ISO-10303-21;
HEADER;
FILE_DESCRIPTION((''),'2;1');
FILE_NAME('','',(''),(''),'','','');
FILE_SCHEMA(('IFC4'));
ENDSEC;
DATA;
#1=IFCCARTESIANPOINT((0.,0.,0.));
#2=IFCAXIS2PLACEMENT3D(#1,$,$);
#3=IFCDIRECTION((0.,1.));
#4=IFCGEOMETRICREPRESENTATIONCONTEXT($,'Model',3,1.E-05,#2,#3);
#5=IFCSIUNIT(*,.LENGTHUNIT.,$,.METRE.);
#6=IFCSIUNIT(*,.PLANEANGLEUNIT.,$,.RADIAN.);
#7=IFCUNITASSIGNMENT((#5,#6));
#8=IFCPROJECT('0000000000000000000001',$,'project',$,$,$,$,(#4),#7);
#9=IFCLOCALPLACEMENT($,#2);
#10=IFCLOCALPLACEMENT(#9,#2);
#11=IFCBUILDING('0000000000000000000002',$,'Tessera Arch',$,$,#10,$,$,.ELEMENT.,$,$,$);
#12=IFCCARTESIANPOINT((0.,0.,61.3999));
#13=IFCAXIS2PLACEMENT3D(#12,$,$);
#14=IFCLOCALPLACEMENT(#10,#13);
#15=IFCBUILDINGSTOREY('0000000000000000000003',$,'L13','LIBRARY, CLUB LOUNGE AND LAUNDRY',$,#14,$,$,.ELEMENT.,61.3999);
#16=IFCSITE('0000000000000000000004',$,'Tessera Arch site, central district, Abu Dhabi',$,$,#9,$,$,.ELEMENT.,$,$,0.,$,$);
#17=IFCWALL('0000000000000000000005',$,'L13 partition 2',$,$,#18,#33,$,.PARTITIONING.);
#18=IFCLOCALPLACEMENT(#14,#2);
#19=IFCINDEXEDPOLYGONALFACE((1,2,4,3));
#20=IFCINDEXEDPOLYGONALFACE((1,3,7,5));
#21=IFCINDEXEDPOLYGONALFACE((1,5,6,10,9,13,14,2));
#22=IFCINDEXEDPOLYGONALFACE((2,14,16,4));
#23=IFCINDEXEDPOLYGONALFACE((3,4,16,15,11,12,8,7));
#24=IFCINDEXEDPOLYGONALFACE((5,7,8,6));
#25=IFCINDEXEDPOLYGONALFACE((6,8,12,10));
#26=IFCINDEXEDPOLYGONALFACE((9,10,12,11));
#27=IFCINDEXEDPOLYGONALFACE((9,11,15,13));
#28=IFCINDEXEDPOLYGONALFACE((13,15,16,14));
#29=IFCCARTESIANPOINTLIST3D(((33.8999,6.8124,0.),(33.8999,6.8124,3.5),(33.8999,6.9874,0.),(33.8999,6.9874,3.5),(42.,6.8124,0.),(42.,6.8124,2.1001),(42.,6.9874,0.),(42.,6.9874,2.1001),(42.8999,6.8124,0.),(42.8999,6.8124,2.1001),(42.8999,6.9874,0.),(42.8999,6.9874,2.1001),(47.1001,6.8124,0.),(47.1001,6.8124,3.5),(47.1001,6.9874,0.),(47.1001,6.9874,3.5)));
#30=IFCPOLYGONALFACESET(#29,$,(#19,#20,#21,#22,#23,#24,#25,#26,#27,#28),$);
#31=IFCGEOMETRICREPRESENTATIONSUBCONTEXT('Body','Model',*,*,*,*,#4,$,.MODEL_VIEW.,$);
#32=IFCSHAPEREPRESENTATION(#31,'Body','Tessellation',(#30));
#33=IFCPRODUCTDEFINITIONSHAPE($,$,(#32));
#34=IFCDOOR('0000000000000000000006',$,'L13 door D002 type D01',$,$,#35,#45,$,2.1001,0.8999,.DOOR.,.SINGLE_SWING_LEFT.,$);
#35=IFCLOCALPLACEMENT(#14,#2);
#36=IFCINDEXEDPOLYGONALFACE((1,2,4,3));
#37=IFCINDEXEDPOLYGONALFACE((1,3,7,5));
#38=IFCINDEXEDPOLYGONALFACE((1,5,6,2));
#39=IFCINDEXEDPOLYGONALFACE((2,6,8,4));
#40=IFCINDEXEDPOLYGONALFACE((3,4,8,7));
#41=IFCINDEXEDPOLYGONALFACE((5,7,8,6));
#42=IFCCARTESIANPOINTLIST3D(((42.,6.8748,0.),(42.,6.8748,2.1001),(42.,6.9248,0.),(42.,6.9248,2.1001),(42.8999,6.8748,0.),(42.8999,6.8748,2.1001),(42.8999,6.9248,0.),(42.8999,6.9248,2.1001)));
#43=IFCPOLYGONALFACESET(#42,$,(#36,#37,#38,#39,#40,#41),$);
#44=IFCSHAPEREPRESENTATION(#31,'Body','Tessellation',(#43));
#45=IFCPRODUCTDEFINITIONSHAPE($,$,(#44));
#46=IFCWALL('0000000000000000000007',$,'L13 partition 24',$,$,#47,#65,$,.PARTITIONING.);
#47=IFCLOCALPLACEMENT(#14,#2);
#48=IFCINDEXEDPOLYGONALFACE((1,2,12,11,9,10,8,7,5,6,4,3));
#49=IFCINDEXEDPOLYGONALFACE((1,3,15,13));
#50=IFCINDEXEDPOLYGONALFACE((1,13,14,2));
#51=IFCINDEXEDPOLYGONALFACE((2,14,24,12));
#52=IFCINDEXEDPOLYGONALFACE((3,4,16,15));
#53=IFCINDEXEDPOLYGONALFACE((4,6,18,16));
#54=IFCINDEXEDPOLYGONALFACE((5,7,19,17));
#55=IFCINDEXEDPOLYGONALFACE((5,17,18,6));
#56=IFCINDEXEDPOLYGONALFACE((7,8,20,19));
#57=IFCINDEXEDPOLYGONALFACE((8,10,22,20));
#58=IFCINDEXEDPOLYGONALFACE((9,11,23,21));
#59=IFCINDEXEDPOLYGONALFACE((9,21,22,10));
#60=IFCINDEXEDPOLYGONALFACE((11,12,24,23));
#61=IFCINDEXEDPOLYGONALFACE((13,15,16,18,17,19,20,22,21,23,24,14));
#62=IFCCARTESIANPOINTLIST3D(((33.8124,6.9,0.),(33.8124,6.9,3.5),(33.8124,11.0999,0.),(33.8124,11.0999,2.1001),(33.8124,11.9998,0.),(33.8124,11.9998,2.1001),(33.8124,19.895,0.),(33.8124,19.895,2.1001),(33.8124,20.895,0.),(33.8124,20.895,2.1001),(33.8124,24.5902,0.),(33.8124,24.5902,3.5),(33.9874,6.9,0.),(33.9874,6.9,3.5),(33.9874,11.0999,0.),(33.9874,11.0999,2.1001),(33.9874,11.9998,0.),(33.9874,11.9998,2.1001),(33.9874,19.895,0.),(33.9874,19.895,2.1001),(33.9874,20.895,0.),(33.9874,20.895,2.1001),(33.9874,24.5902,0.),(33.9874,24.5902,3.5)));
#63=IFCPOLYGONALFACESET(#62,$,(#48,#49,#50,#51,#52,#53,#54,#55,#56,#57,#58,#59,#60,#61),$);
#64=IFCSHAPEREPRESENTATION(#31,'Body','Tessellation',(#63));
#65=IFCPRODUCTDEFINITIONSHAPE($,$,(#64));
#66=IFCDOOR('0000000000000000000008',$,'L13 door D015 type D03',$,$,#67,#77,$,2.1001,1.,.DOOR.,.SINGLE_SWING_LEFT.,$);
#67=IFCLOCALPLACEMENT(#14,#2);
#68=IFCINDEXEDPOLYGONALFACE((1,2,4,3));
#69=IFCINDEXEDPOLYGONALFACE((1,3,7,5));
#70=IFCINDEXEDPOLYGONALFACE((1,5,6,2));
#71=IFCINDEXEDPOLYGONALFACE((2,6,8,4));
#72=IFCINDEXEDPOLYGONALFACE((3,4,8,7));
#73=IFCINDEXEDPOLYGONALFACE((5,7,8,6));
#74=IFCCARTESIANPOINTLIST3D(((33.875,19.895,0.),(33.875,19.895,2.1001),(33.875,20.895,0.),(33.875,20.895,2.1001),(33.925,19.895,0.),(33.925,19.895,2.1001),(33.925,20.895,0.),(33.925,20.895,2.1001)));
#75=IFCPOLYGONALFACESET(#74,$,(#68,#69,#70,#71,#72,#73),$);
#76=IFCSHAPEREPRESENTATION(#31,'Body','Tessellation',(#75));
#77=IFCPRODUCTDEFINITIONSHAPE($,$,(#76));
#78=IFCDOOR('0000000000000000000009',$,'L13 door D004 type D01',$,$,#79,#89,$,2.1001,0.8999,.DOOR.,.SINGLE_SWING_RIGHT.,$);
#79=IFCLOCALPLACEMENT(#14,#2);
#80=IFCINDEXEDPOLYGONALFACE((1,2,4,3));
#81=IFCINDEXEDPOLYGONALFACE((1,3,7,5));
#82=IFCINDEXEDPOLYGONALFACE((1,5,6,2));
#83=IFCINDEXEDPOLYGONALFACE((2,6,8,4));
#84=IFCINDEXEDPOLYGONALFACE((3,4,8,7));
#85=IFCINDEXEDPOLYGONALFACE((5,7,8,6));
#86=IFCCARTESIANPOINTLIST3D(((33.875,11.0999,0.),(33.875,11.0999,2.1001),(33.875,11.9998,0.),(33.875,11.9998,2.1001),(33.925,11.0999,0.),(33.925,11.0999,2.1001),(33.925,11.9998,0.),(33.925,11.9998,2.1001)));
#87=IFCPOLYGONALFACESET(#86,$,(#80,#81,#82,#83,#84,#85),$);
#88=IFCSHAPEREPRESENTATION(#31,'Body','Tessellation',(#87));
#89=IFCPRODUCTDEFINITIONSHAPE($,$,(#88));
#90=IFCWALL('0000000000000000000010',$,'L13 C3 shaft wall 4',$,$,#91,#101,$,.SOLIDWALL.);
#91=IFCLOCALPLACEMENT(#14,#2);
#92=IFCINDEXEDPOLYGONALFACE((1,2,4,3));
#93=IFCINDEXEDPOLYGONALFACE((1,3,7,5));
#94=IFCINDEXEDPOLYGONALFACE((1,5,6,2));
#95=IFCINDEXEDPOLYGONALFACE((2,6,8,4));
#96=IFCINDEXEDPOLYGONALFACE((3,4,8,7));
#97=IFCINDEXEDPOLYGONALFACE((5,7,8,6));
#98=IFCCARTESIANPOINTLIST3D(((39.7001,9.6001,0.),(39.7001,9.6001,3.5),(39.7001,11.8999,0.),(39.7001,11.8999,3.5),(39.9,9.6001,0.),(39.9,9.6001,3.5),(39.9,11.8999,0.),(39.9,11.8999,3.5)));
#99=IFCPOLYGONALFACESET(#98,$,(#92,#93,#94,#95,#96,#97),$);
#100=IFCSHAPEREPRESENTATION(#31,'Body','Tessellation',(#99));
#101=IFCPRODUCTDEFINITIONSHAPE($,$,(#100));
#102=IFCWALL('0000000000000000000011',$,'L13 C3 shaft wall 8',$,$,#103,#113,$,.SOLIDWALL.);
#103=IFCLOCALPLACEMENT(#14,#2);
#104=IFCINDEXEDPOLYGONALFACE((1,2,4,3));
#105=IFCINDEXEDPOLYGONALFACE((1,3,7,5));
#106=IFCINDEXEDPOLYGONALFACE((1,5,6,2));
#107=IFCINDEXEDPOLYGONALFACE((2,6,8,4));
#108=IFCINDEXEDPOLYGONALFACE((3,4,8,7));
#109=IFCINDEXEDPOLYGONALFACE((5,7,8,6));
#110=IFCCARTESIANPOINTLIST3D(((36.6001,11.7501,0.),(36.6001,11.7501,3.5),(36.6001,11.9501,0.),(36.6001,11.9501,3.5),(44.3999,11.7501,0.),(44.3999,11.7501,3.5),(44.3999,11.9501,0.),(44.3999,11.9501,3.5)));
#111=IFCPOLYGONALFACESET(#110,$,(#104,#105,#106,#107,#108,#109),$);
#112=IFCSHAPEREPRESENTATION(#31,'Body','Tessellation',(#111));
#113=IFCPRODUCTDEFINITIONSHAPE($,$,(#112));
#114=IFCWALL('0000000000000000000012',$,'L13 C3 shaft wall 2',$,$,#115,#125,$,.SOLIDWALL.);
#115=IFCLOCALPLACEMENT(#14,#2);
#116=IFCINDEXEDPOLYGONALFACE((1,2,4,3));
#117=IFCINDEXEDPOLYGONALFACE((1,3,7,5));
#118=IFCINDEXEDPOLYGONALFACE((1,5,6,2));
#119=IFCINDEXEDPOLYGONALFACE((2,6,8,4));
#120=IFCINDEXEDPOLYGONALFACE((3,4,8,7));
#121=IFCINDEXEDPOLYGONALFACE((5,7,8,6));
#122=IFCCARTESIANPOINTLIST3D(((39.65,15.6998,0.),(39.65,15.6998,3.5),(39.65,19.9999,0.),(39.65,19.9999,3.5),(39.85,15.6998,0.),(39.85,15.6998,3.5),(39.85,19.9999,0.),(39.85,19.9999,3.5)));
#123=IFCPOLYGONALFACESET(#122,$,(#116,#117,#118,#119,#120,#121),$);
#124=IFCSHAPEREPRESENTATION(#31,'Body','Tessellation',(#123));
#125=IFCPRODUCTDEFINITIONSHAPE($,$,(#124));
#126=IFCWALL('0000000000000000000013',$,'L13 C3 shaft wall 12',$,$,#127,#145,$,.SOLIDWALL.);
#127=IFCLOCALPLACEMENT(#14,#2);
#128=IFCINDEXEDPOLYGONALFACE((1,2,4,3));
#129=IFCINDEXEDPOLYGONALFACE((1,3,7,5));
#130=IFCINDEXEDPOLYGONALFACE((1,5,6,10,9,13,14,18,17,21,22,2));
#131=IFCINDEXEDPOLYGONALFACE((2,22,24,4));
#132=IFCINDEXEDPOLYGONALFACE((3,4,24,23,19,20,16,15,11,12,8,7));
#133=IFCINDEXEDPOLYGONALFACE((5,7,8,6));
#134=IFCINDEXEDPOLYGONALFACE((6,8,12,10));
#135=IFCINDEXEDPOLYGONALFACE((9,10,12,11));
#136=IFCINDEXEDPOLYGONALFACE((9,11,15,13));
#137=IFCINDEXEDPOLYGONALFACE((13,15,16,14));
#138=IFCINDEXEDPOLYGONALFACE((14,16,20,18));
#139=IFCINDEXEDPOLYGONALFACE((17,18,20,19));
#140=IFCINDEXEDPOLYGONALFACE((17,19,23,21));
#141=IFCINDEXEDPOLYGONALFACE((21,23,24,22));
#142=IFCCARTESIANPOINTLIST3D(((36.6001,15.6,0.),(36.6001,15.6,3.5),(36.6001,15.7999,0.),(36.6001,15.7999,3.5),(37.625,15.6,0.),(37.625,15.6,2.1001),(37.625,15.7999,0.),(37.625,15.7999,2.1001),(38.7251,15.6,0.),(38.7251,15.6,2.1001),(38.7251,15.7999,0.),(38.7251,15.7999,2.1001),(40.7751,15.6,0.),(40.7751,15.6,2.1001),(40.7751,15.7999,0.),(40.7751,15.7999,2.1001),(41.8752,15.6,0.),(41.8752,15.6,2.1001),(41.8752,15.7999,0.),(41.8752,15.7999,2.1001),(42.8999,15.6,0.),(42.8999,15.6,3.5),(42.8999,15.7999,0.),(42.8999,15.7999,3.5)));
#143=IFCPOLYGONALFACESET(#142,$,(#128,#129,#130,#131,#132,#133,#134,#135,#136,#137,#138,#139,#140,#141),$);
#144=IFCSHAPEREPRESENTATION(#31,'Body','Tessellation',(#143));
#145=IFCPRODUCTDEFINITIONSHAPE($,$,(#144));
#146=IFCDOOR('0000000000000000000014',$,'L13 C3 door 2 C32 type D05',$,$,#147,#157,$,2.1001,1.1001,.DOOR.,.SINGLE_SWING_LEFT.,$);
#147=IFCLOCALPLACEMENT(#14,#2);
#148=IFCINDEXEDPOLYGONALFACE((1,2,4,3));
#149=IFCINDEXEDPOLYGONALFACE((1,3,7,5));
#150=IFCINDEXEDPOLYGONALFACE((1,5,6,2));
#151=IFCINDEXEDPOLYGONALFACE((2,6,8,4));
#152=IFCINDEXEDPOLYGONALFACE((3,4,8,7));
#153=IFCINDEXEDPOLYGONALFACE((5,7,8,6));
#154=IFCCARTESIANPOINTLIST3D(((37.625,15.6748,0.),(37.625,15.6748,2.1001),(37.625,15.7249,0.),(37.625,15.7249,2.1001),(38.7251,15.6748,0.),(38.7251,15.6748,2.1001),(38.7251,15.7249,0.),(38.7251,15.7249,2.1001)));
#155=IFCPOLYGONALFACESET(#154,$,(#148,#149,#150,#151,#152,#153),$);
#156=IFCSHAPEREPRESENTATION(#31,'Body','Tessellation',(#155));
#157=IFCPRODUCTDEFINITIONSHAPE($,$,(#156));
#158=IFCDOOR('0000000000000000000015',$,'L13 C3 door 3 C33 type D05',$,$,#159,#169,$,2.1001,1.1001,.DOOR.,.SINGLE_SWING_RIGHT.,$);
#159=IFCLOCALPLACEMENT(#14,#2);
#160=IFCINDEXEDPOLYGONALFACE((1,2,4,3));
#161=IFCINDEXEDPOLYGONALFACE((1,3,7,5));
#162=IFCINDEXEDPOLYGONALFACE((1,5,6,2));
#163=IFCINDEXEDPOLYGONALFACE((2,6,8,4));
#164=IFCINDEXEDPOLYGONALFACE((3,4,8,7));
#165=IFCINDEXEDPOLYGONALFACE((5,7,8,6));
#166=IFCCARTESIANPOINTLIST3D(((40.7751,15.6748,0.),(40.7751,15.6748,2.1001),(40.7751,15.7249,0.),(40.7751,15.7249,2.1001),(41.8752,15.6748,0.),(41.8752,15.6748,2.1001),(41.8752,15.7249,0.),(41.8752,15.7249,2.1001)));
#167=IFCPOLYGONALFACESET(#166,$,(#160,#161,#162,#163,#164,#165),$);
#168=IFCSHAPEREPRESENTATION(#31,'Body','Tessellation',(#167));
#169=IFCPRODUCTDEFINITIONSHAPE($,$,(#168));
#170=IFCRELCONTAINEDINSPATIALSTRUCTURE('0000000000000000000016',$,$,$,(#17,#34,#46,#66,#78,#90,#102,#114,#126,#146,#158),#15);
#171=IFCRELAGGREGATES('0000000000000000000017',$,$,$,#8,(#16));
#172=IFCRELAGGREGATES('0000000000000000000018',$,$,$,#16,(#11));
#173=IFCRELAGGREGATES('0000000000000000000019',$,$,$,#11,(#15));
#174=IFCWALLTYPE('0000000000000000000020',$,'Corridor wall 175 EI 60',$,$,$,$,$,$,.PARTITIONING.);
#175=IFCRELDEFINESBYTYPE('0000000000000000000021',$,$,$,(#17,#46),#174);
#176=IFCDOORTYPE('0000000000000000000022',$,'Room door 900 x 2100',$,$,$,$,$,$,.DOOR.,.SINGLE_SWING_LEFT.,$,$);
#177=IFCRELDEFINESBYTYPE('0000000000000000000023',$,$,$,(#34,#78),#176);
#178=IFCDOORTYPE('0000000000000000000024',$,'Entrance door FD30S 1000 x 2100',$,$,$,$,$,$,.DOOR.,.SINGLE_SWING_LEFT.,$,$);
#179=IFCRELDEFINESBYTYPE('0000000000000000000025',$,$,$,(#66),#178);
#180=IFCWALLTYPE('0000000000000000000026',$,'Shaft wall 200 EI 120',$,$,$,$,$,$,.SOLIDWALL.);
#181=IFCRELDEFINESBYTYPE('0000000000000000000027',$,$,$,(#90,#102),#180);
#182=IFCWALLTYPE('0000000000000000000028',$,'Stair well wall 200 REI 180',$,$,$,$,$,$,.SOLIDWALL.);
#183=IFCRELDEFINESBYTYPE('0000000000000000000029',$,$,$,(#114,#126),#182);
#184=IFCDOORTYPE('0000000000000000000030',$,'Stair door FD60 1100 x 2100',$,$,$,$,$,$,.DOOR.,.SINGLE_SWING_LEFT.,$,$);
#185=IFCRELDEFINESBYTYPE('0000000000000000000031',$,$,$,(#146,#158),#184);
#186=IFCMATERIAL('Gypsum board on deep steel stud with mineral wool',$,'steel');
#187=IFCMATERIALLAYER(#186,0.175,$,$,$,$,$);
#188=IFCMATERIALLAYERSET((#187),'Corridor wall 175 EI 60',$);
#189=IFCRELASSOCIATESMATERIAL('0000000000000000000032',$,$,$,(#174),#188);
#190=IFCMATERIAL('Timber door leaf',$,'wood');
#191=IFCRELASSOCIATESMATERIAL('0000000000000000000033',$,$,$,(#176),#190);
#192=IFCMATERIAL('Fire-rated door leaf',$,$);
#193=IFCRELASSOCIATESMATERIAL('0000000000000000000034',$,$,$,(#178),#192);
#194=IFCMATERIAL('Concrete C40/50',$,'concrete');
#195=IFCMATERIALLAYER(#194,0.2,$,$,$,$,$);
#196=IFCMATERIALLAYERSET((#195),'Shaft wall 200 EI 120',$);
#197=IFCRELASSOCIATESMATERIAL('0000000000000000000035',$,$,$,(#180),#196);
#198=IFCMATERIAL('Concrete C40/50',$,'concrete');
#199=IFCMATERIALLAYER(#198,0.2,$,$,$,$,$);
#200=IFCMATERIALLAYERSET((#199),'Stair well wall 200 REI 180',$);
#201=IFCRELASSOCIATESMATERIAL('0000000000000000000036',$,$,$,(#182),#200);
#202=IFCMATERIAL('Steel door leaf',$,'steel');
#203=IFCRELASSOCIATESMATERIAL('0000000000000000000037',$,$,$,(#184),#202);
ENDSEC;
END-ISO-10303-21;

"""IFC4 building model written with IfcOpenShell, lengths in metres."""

from ifc_helpers import new_model, si_unit, direction, frame, frame_2d, origin, place, context, subcontext, project, spatial, rectangle, extrude, material, layer, layer_set, type_object, element, fill, save


model = new_model("IFC4")

# Units and contexts
model_context = context("Model", 3, precision=1e-05, world=origin(), true_north=direction((0.0, 1.0)))
body_context = subcontext(model_context, "Body", "Model", "MODEL_VIEW")
ifc_project = project(units=[si_unit("LENGTHUNIT", "METRE"), si_unit("PLANEANGLEUNIT", "RADIAN")], contexts=[model_context])

# Site, building, storey
site_placement = place(None, origin())
site = spatial("IfcSite", under=ifc_project, at=site_placement, Name="Tessera Arch site, central district, Abu Dhabi", CompositionType="ELEMENT", RefElevation=0.0)
building_placement = place(site_placement, origin())
building = spatial("IfcBuilding", under=site, at=building_placement, Name="Tessera Arch", CompositionType="ELEMENT")
storey_placement = place(building_placement, frame((0.0, 0.0, 61.3999)))
storey = spatial("IfcBuildingStorey", under=building, at=storey_placement, Name="L13", Description="LIBRARY, CLUB LOUNGE AND LAUNDRY", CompositionType="ELEMENT", Elevation=61.3999)

# Wall, opening, door
ifc_material_1 = material(Name="Gypsum board on deep steel stud with mineral wool", Category="steel")
ifc_layer_1 = layer(ifc_material_1, 0.175)
ifc_layer_set_1 = layer_set([ifc_layer_1], Name="Corridor wall 175 EI 60")
wall_type_1 = type_object("IfcWallType", Name="Corridor wall 175 EI 60", PredefinedType="PARTITIONING", material=ifc_layer_set_1)
wall_1_placement = place(storey_placement, frame((33.8999, 6.8999, 0.0), z_axis=(0.0, 0.0, 1.0), x_axis=(1.0, 0.0, 0.0)))
wall_1 = element("IfcWall", 1, at=wall_1_placement, inside=storey, type_object=wall_type_1, Name="L13 partition 2", PredefinedType="PARTITIONING", context=body_context, shape_type="SweptSolid", body=[
    extrude(rectangle(XDim=13.2002, YDim=0.175, at=frame_2d((6.6001, 0.0))), origin(), (0.0, 0.0, 1.0), 3.5),
])
opening_1_placement = place(wall_1_placement, frame((8.1001, 0.0, 0.0)))
opening_1 = element("IfcOpeningElement", 2, at=opening_1_placement, cuts=wall_1, PredefinedType="OPENING", context=body_context, shape_type="SweptSolid", body=[
    extrude(rectangle(XDim=0.8999, YDim=2.1001, at=frame_2d((0.45, 1.05))), frame((0.0, 0.0974, 0.0), z_axis=(0.0, -1.0, 0.0), x_axis=(1.0, 0.0, 0.0)), (0.0, 0.0, 1.0), 0.1951),
])
ifc_material_2 = material(Name="Timber door leaf", Category="wood")
door_type_1 = type_object("IfcDoorType", Name="Room door 900 x 2100", OperationType="SINGLE_SWING_LEFT", PredefinedType="DOOR", material=ifc_material_2)
door_1_placement = place(opening_1_placement, origin())
door_1 = element("IfcDoor", 3, at=door_1_placement, inside=storey, type_object=door_type_1, Name="L13 door D002 type D01", OperationType="SINGLE_SWING_LEFT", OverallHeight=2.1001, OverallWidth=0.8999, PredefinedType="DOOR", context=body_context, shape_type="SweptSolid", body=[
    extrude(rectangle(XDim=0.8999, YDim=2.1001, at=frame_2d((0.45, 1.05))), frame((0.0, 0.0249, 0.0), z_axis=(0.0, -1.0, 0.0), x_axis=(1.0, 0.0, 0.0)), (0.0, 0.0, 1.0), 0.05),
])
fill(opening_1, door_1)

# Wall, openings, doors
wall_2_placement = place(storey_placement, frame((33.8999, 6.8999, 0.0), z_axis=(0.0, 0.0, 1.0), x_axis=(0.0, 1.0, 0.0)))
wall_2 = element("IfcWall", 4, at=wall_2_placement, inside=storey, type_object=wall_type_1, Name="L13 partition 24", PredefinedType="PARTITIONING", context=body_context, shape_type="SweptSolid", body=[
    extrude(rectangle(XDim=17.6902, YDim=0.175, at=frame_2d((8.8452, 0.0))), origin(), (0.0, 0.0, 1.0), 3.5),
])
opening_2_placement = place(wall_2_placement, frame((4.2, 0.0, 0.0)))
opening_2 = element("IfcOpeningElement", 5, at=opening_2_placement, cuts=wall_2, PredefinedType="OPENING", context=body_context, shape_type="SweptSolid", body=[
    extrude(rectangle(XDim=0.8999, YDim=2.1001, at=frame_2d((0.45, 1.05))), frame((0.0, 0.0974, 0.0), z_axis=(0.0, -1.0, 0.0), x_axis=(1.0, 0.0, 0.0)), (0.0, 0.0, 1.0), 0.1951),
])
opening_3_placement = place(wall_2_placement, frame((12.9951, 0.0, 0.0)))
opening_3 = element("IfcOpeningElement", 6, at=opening_3_placement, cuts=wall_2, PredefinedType="OPENING", context=body_context, shape_type="SweptSolid", body=[
    extrude(rectangle(XDim=1.0, YDim=2.1001, at=frame_2d((0.5, 1.05))), frame((0.0, 0.0974, 0.0), z_axis=(0.0, -1.0, 0.0), x_axis=(1.0, 0.0, 0.0)), (0.0, 0.0, 1.0), 0.1951),
])
ifc_material_3 = material(Name="Fire-rated door leaf")
door_type_2 = type_object("IfcDoorType", Name="Entrance door FD30S 1000 x 2100", OperationType="SINGLE_SWING_LEFT", PredefinedType="DOOR", material=ifc_material_3)
door_2_placement = place(opening_3_placement, origin())
door_2 = element("IfcDoor", 7, at=door_2_placement, inside=storey, type_object=door_type_2, Name="L13 door D015 type D03", OperationType="SINGLE_SWING_LEFT", OverallHeight=2.1001, OverallWidth=1.0, PredefinedType="DOOR", context=body_context, shape_type="SweptSolid", body=[
    extrude(rectangle(XDim=1.0, YDim=2.1001, at=frame_2d((0.5, 1.05))), frame((0.0, 0.0249, 0.0), z_axis=(0.0, -1.0, 0.0), x_axis=(1.0, 0.0, 0.0)), (0.0, 0.0, 1.0), 0.05),
])
fill(opening_3, door_2)
door_3_placement = place(opening_2_placement, origin())
door_3 = element("IfcDoor", 8, at=door_3_placement, inside=storey, type_object=door_type_1, Name="L13 door D004 type D01", OperationType="SINGLE_SWING_RIGHT", OverallHeight=2.1001, OverallWidth=0.8999, PredefinedType="DOOR", context=body_context, shape_type="SweptSolid", body=[
    extrude(rectangle(XDim=0.8999, YDim=2.1001, at=frame_2d((0.45, 1.05))), frame((0.0, 0.0249, 0.0), z_axis=(0.0, -1.0, 0.0), x_axis=(1.0, 0.0, 0.0)), (0.0, 0.0, 1.0), 0.05),
])
fill(opening_2, door_3)

# Walls
ifc_material_4 = material(Name="Concrete C40/50", Category="concrete")
ifc_layer_2 = layer(ifc_material_4, 0.2)
ifc_layer_set_2 = layer_set([ifc_layer_2], Name="Shaft wall 200 EI 120")
wall_type_2 = type_object("IfcWallType", Name="Shaft wall 200 EI 120", PredefinedType="SOLIDWALL", material=ifc_layer_set_2)
wall_3_placement = place(storey_placement, frame((39.8, 9.6001, 0.0), z_axis=(0.0, 0.0, 1.0), x_axis=(0.0, 1.0, 0.0)))
element("IfcWall", 9, at=wall_3_placement, inside=storey, type_object=wall_type_2, Name="L13 C3 shaft wall 4", PredefinedType="SOLIDWALL", context=body_context, shape_type="SweptSolid", body=[
    extrude(rectangle(XDim=2.2998, YDim=0.2, at=frame_2d((1.1499, 0.0))), origin(), (0.0, 0.0, 1.0), 3.5),
])
wall_4_placement = place(storey_placement, frame((36.6001, 11.8501, 0.0), z_axis=(0.0, 0.0, 1.0), x_axis=(1.0, 0.0, 0.0)))
element("IfcWall", 10, at=wall_4_placement, inside=storey, type_object=wall_type_2, Name="L13 C3 shaft wall 8", PredefinedType="SOLIDWALL", context=body_context, shape_type="SweptSolid", body=[
    extrude(rectangle(XDim=7.7998, YDim=0.2, at=frame_2d((3.8999, 0.0))), origin(), (0.0, 0.0, 1.0), 3.5),
])
ifc_material_5 = material(Name="Concrete C40/50", Category="concrete")
ifc_layer_3 = layer(ifc_material_5, 0.2)
ifc_layer_set_3 = layer_set([ifc_layer_3], Name="Stair well wall 200 REI 180")
wall_type_3 = type_object("IfcWallType", Name="Stair well wall 200 REI 180", PredefinedType="SOLIDWALL", material=ifc_layer_set_3)
wall_5_placement = place(storey_placement, frame((39.75, 15.7, 0.0), z_axis=(0.0, 0.0, 1.0), x_axis=(0.0, 1.0, 0.0)))
element("IfcWall", 11, at=wall_5_placement, inside=storey, type_object=wall_type_3, Name="L13 C3 shaft wall 2", PredefinedType="SOLIDWALL", context=body_context, shape_type="SweptSolid", body=[
    extrude(rectangle(XDim=4.3, YDim=0.2, at=frame_2d((2.1499, 0.0))), origin(), (0.0, 0.0, 1.0), 3.5),
])

# Wall, openings, doors
wall_6_placement = place(storey_placement, frame((36.6001, 15.7, 0.0), z_axis=(0.0, 0.0, 1.0), x_axis=(1.0, 0.0, 0.0)))
wall_6 = element("IfcWall", 12, at=wall_6_placement, inside=storey, type_object=wall_type_3, Name="L13 C3 shaft wall 12", PredefinedType="SOLIDWALL", context=body_context, shape_type="SweptSolid", body=[
    extrude(rectangle(XDim=6.2998, YDim=0.2, at=frame_2d((3.1499, 0.0))), origin(), (0.0, 0.0, 1.0), 3.5),
])
opening_4_placement = place(wall_6_placement, frame((1.0249, 0.0, 0.0)))
opening_4 = element("IfcOpeningElement", 13, at=opening_4_placement, cuts=wall_6, PredefinedType="OPENING", context=body_context, shape_type="SweptSolid", body=[
    extrude(rectangle(XDim=1.1001, YDim=2.1001, at=frame_2d((0.55, 1.05))), frame((0.0, 0.1099, 0.0), z_axis=(0.0, -1.0, 0.0), x_axis=(1.0, 0.0, 0.0)), (0.0, 0.0, 1.0), 0.22),
])
opening_5_placement = place(wall_6_placement, frame((4.175, 0.0, 0.0)))
opening_5 = element("IfcOpeningElement", 14, at=opening_5_placement, cuts=wall_6, PredefinedType="OPENING", context=body_context, shape_type="SweptSolid", body=[
    extrude(rectangle(XDim=1.1001, YDim=2.1001, at=frame_2d((0.55, 1.05))), frame((0.0, 0.1099, 0.0), z_axis=(0.0, -1.0, 0.0), x_axis=(1.0, 0.0, 0.0)), (0.0, 0.0, 1.0), 0.22),
])
ifc_material_6 = material(Name="Steel door leaf", Category="steel")
door_type_3 = type_object("IfcDoorType", Name="Stair door FD60 1100 x 2100", OperationType="SINGLE_SWING_LEFT", PredefinedType="DOOR", material=ifc_material_6)
door_4_placement = place(opening_4_placement, origin())
door_4 = element("IfcDoor", 15, at=door_4_placement, inside=storey, type_object=door_type_3, Name="L13 C3 door 2 C32 type D05", OperationType="SINGLE_SWING_LEFT", OverallHeight=2.1001, OverallWidth=1.1001, PredefinedType="DOOR", context=body_context, shape_type="SweptSolid", body=[
    extrude(rectangle(XDim=1.1001, YDim=2.1001, at=frame_2d((0.55, 1.05))), frame((0.0, 0.0249, 0.0), z_axis=(0.0, -1.0, 0.0), x_axis=(1.0, 0.0, 0.0)), (0.0, 0.0, 1.0), 0.05),
])
fill(opening_4, door_4)
door_5_placement = place(opening_5_placement, origin())
door_5 = element("IfcDoor", 16, at=door_5_placement, inside=storey, type_object=door_type_3, Name="L13 C3 door 3 C33 type D05", OperationType="SINGLE_SWING_RIGHT", OverallHeight=2.1001, OverallWidth=1.1001, PredefinedType="DOOR", context=body_context, shape_type="SweptSolid", body=[
    extrude(rectangle(XDim=1.1001, YDim=2.1001, at=frame_2d((0.55, 1.05))), frame((0.0, 0.0249, 0.0), z_axis=(0.0, -1.0, 0.0), x_axis=(1.0, 0.0, 0.0)), (0.0, 0.0, 1.0), 0.05),
])
fill(opening_5, door_5)

save(model, "model.ifc")
